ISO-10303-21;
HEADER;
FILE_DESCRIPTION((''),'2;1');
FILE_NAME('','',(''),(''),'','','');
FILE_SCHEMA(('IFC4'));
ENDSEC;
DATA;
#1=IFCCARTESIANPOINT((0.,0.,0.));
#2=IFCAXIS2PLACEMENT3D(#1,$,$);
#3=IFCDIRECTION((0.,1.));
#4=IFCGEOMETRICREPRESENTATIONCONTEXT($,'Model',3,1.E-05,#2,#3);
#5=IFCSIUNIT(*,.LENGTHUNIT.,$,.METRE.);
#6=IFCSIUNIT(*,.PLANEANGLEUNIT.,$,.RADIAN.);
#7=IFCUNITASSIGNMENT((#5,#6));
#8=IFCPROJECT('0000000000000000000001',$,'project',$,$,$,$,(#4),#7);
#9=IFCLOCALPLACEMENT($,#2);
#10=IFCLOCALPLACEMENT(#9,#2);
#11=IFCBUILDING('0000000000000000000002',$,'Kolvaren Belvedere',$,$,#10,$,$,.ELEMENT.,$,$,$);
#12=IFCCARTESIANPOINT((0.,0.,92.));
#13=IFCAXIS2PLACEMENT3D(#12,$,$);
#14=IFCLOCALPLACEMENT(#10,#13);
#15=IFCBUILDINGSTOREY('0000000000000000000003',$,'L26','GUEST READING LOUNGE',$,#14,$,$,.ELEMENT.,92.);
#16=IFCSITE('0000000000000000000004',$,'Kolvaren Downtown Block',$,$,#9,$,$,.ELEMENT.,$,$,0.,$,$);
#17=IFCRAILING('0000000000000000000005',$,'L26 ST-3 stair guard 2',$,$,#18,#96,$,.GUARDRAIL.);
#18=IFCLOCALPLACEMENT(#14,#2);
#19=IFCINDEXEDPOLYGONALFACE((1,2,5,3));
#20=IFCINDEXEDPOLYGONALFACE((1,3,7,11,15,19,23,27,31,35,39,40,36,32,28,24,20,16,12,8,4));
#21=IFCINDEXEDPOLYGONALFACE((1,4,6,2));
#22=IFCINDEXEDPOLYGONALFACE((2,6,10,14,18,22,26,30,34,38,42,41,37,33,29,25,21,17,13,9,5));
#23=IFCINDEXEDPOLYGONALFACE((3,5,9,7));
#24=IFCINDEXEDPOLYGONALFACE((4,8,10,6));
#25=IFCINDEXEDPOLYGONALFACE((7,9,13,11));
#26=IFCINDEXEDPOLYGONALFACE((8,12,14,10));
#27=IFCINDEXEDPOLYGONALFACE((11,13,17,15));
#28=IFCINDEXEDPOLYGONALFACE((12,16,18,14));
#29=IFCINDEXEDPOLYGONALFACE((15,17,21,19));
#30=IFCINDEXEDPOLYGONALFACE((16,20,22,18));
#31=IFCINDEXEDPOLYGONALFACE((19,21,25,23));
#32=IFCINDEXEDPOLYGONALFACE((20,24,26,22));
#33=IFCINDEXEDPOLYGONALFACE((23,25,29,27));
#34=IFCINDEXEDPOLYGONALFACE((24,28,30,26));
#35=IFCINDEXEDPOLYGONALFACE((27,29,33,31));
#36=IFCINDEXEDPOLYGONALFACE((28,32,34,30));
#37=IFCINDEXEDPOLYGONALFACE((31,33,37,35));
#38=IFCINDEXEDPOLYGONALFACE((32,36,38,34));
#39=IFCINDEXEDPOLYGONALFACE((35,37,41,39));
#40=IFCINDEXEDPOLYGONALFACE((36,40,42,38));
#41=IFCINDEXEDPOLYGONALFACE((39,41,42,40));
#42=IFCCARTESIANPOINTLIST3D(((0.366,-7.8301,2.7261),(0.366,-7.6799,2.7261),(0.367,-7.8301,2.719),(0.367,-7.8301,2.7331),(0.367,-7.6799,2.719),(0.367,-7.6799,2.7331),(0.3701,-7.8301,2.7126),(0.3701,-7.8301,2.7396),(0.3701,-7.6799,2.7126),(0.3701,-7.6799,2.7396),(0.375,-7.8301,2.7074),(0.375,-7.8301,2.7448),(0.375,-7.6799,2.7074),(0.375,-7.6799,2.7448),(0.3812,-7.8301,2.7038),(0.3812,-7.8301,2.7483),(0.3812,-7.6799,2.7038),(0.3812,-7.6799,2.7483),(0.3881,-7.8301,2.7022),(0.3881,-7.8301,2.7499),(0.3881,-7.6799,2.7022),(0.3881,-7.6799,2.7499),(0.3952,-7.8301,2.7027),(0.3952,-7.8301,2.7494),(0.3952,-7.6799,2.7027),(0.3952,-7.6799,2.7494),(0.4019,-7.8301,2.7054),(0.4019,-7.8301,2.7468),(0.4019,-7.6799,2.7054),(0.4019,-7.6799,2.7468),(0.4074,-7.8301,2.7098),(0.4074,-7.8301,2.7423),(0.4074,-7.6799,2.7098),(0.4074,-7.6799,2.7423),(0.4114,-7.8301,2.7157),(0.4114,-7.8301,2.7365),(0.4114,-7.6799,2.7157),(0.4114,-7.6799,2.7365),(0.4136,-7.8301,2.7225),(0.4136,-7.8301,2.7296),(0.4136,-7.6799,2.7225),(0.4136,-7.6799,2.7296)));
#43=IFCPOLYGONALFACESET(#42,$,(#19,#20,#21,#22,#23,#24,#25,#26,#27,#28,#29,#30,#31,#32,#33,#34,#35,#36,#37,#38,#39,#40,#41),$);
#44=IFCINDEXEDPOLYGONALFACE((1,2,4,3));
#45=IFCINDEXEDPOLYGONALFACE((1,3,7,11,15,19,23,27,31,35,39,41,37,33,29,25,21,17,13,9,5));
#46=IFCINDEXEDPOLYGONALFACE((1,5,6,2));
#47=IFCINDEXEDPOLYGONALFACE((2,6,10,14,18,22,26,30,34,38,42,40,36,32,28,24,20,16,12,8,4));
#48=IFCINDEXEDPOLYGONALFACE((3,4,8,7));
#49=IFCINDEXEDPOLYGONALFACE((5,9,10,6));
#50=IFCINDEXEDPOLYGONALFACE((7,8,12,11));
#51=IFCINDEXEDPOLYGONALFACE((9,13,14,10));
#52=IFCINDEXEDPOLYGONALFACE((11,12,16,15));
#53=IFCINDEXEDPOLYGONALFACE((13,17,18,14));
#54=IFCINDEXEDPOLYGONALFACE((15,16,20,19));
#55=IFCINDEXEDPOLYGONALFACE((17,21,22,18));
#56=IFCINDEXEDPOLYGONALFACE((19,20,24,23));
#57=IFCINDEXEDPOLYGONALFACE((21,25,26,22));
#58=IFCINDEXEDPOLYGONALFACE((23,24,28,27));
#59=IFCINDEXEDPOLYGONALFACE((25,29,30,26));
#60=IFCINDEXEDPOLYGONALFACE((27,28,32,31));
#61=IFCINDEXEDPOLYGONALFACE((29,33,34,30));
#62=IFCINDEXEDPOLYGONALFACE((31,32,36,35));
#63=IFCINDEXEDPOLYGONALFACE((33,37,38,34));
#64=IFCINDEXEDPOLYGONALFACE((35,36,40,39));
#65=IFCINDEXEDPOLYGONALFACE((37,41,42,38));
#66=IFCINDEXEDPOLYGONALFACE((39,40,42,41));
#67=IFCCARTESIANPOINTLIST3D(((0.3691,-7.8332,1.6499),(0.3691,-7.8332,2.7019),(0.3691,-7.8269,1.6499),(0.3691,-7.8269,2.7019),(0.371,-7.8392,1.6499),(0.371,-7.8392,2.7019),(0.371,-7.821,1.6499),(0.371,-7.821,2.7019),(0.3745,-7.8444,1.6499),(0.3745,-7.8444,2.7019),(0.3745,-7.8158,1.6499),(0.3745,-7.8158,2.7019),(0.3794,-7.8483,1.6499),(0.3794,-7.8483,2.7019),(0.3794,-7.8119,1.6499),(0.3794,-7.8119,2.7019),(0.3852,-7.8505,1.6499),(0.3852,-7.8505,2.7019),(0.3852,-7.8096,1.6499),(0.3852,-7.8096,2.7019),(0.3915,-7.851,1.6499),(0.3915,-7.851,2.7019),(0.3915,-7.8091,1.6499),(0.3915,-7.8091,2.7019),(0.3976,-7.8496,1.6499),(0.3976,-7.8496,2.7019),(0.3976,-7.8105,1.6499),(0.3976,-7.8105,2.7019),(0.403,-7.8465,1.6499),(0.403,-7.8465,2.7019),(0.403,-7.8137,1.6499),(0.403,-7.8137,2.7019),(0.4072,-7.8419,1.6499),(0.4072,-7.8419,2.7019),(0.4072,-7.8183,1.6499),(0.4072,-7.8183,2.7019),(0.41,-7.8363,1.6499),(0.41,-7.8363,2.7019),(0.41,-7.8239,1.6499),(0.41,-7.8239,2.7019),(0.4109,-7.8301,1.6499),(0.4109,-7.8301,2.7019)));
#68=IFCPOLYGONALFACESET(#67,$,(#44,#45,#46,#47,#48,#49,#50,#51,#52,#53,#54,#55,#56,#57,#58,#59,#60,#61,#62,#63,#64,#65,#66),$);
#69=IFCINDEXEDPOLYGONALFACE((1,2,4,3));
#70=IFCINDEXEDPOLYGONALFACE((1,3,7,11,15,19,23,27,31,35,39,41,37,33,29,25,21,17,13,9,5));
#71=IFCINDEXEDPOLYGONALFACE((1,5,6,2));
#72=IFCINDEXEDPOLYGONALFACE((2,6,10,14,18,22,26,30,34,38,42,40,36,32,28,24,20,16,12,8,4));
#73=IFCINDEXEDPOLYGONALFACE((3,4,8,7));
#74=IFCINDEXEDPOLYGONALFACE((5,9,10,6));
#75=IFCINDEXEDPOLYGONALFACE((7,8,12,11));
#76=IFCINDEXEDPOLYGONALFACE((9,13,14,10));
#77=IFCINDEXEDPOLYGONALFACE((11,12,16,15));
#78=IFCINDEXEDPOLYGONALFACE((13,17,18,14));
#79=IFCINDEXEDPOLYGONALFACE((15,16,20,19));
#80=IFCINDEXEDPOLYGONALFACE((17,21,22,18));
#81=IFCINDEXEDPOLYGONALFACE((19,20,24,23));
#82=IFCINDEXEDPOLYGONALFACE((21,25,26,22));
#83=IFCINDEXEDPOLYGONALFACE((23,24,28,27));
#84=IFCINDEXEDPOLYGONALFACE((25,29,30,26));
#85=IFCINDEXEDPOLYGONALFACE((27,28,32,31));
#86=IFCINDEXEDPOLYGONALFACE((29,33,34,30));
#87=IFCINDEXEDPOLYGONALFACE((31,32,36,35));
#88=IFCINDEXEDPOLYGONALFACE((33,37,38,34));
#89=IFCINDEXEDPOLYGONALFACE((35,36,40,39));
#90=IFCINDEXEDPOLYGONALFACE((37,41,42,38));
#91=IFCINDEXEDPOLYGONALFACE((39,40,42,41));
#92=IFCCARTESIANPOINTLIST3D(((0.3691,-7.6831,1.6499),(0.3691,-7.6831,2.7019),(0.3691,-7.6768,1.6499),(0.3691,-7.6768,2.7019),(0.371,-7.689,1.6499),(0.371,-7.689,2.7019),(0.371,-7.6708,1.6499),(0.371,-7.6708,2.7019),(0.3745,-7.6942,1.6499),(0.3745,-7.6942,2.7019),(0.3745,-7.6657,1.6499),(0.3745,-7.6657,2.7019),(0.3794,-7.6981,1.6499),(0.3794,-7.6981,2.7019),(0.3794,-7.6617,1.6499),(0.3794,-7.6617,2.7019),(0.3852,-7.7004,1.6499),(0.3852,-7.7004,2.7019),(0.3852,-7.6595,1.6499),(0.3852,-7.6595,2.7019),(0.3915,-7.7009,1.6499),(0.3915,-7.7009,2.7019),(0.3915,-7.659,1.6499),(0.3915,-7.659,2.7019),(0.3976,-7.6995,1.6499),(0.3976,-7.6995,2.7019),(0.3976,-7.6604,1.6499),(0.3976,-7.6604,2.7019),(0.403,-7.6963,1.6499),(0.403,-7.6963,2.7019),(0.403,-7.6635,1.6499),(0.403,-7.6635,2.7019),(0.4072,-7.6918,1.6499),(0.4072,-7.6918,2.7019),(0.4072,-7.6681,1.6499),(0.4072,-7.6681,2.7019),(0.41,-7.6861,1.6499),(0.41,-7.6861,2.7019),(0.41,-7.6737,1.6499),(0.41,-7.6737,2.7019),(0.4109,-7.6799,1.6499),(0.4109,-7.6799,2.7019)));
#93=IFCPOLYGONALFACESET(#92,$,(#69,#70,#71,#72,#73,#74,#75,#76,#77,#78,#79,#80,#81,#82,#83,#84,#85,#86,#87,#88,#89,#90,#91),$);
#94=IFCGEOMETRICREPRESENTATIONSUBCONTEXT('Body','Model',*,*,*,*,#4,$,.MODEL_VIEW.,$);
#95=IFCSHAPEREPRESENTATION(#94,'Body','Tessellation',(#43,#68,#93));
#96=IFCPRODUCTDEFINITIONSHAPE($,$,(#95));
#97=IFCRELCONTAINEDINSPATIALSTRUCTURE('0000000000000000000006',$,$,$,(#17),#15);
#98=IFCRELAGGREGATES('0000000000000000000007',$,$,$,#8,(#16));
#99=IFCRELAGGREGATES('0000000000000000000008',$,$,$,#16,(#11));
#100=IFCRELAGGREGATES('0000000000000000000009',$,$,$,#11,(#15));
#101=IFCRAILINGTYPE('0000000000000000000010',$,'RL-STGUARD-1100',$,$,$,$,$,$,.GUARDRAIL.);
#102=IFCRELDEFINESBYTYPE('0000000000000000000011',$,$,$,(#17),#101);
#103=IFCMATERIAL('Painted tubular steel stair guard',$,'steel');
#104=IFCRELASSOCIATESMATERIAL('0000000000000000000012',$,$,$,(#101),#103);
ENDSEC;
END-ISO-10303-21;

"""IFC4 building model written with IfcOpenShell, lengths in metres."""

from ifc_helpers import new_model, si_unit, direction, frame, origin, origin_2d, place, context, subcontext, project, spatial, circle, extrude, material, type_object, element, save


model = new_model("IFC4")

# Units and contexts
model_context = context("Model", 3, precision=1e-05, world=origin(), true_north=direction((0.0, 1.0)))
body_context = subcontext(model_context, "Body", "Model", "MODEL_VIEW")
ifc_project = project(units=[si_unit("LENGTHUNIT", "METRE"), si_unit("PLANEANGLEUNIT", "RADIAN")], contexts=[model_context])

# Site, building, storey
site_placement = place(None, origin())
site = spatial("IfcSite", under=ifc_project, at=site_placement, Name="Kolvaren Downtown Block", CompositionType="ELEMENT", RefElevation=0.0)
building_placement = place(site_placement, origin())
building = spatial("IfcBuilding", under=site, at=building_placement, Name="Kolvaren Belvedere", CompositionType="ELEMENT")
storey_placement = place(building_placement, frame((0.0, 0.0, 92.0)))
storey = spatial("IfcBuildingStorey", under=building, at=storey_placement, Name="L26", Description="GUEST READING LOUNGE", CompositionType="ELEMENT", Elevation=92.0)

# Railing
ifc_material_1 = material(Name="Painted tubular steel stair guard", Category="steel")
railing_type_1 = type_object("IfcRailingType", Name="RL-STGUARD-1100", PredefinedType="GUARDRAIL", material=ifc_material_1)
railing_1_placement = place(storey_placement, frame((0.3899, -7.8301, 1.6499)))
element("IfcRailing", 1, at=railing_1_placement, inside=storey, type_object=railing_type_1, Name="L26 ST-3 stair guard 2", PredefinedType="GUARDRAIL", context=body_context, shape_type="SweptSolid", body=[
    extrude(circle(Radius=0.0239, at=origin_2d()), frame((0.0, 0.0, 1.0762), z_axis=(0.0, 1.0, 0.0), x_axis=(-1.0, 0.0, 0.0)), (0.0, 0.0, 1.0), 0.1501),
    extrude(circle(Radius=0.021, at=origin_2d()), origin(), (0.0, 0.0, 1.0), 1.052),
    extrude(circle(Radius=0.021, at=origin_2d()), frame((0.0, 0.1501, 0.0)), (0.0, 0.0, 1.0), 1.052),
])

save(model, "model.ifc")
